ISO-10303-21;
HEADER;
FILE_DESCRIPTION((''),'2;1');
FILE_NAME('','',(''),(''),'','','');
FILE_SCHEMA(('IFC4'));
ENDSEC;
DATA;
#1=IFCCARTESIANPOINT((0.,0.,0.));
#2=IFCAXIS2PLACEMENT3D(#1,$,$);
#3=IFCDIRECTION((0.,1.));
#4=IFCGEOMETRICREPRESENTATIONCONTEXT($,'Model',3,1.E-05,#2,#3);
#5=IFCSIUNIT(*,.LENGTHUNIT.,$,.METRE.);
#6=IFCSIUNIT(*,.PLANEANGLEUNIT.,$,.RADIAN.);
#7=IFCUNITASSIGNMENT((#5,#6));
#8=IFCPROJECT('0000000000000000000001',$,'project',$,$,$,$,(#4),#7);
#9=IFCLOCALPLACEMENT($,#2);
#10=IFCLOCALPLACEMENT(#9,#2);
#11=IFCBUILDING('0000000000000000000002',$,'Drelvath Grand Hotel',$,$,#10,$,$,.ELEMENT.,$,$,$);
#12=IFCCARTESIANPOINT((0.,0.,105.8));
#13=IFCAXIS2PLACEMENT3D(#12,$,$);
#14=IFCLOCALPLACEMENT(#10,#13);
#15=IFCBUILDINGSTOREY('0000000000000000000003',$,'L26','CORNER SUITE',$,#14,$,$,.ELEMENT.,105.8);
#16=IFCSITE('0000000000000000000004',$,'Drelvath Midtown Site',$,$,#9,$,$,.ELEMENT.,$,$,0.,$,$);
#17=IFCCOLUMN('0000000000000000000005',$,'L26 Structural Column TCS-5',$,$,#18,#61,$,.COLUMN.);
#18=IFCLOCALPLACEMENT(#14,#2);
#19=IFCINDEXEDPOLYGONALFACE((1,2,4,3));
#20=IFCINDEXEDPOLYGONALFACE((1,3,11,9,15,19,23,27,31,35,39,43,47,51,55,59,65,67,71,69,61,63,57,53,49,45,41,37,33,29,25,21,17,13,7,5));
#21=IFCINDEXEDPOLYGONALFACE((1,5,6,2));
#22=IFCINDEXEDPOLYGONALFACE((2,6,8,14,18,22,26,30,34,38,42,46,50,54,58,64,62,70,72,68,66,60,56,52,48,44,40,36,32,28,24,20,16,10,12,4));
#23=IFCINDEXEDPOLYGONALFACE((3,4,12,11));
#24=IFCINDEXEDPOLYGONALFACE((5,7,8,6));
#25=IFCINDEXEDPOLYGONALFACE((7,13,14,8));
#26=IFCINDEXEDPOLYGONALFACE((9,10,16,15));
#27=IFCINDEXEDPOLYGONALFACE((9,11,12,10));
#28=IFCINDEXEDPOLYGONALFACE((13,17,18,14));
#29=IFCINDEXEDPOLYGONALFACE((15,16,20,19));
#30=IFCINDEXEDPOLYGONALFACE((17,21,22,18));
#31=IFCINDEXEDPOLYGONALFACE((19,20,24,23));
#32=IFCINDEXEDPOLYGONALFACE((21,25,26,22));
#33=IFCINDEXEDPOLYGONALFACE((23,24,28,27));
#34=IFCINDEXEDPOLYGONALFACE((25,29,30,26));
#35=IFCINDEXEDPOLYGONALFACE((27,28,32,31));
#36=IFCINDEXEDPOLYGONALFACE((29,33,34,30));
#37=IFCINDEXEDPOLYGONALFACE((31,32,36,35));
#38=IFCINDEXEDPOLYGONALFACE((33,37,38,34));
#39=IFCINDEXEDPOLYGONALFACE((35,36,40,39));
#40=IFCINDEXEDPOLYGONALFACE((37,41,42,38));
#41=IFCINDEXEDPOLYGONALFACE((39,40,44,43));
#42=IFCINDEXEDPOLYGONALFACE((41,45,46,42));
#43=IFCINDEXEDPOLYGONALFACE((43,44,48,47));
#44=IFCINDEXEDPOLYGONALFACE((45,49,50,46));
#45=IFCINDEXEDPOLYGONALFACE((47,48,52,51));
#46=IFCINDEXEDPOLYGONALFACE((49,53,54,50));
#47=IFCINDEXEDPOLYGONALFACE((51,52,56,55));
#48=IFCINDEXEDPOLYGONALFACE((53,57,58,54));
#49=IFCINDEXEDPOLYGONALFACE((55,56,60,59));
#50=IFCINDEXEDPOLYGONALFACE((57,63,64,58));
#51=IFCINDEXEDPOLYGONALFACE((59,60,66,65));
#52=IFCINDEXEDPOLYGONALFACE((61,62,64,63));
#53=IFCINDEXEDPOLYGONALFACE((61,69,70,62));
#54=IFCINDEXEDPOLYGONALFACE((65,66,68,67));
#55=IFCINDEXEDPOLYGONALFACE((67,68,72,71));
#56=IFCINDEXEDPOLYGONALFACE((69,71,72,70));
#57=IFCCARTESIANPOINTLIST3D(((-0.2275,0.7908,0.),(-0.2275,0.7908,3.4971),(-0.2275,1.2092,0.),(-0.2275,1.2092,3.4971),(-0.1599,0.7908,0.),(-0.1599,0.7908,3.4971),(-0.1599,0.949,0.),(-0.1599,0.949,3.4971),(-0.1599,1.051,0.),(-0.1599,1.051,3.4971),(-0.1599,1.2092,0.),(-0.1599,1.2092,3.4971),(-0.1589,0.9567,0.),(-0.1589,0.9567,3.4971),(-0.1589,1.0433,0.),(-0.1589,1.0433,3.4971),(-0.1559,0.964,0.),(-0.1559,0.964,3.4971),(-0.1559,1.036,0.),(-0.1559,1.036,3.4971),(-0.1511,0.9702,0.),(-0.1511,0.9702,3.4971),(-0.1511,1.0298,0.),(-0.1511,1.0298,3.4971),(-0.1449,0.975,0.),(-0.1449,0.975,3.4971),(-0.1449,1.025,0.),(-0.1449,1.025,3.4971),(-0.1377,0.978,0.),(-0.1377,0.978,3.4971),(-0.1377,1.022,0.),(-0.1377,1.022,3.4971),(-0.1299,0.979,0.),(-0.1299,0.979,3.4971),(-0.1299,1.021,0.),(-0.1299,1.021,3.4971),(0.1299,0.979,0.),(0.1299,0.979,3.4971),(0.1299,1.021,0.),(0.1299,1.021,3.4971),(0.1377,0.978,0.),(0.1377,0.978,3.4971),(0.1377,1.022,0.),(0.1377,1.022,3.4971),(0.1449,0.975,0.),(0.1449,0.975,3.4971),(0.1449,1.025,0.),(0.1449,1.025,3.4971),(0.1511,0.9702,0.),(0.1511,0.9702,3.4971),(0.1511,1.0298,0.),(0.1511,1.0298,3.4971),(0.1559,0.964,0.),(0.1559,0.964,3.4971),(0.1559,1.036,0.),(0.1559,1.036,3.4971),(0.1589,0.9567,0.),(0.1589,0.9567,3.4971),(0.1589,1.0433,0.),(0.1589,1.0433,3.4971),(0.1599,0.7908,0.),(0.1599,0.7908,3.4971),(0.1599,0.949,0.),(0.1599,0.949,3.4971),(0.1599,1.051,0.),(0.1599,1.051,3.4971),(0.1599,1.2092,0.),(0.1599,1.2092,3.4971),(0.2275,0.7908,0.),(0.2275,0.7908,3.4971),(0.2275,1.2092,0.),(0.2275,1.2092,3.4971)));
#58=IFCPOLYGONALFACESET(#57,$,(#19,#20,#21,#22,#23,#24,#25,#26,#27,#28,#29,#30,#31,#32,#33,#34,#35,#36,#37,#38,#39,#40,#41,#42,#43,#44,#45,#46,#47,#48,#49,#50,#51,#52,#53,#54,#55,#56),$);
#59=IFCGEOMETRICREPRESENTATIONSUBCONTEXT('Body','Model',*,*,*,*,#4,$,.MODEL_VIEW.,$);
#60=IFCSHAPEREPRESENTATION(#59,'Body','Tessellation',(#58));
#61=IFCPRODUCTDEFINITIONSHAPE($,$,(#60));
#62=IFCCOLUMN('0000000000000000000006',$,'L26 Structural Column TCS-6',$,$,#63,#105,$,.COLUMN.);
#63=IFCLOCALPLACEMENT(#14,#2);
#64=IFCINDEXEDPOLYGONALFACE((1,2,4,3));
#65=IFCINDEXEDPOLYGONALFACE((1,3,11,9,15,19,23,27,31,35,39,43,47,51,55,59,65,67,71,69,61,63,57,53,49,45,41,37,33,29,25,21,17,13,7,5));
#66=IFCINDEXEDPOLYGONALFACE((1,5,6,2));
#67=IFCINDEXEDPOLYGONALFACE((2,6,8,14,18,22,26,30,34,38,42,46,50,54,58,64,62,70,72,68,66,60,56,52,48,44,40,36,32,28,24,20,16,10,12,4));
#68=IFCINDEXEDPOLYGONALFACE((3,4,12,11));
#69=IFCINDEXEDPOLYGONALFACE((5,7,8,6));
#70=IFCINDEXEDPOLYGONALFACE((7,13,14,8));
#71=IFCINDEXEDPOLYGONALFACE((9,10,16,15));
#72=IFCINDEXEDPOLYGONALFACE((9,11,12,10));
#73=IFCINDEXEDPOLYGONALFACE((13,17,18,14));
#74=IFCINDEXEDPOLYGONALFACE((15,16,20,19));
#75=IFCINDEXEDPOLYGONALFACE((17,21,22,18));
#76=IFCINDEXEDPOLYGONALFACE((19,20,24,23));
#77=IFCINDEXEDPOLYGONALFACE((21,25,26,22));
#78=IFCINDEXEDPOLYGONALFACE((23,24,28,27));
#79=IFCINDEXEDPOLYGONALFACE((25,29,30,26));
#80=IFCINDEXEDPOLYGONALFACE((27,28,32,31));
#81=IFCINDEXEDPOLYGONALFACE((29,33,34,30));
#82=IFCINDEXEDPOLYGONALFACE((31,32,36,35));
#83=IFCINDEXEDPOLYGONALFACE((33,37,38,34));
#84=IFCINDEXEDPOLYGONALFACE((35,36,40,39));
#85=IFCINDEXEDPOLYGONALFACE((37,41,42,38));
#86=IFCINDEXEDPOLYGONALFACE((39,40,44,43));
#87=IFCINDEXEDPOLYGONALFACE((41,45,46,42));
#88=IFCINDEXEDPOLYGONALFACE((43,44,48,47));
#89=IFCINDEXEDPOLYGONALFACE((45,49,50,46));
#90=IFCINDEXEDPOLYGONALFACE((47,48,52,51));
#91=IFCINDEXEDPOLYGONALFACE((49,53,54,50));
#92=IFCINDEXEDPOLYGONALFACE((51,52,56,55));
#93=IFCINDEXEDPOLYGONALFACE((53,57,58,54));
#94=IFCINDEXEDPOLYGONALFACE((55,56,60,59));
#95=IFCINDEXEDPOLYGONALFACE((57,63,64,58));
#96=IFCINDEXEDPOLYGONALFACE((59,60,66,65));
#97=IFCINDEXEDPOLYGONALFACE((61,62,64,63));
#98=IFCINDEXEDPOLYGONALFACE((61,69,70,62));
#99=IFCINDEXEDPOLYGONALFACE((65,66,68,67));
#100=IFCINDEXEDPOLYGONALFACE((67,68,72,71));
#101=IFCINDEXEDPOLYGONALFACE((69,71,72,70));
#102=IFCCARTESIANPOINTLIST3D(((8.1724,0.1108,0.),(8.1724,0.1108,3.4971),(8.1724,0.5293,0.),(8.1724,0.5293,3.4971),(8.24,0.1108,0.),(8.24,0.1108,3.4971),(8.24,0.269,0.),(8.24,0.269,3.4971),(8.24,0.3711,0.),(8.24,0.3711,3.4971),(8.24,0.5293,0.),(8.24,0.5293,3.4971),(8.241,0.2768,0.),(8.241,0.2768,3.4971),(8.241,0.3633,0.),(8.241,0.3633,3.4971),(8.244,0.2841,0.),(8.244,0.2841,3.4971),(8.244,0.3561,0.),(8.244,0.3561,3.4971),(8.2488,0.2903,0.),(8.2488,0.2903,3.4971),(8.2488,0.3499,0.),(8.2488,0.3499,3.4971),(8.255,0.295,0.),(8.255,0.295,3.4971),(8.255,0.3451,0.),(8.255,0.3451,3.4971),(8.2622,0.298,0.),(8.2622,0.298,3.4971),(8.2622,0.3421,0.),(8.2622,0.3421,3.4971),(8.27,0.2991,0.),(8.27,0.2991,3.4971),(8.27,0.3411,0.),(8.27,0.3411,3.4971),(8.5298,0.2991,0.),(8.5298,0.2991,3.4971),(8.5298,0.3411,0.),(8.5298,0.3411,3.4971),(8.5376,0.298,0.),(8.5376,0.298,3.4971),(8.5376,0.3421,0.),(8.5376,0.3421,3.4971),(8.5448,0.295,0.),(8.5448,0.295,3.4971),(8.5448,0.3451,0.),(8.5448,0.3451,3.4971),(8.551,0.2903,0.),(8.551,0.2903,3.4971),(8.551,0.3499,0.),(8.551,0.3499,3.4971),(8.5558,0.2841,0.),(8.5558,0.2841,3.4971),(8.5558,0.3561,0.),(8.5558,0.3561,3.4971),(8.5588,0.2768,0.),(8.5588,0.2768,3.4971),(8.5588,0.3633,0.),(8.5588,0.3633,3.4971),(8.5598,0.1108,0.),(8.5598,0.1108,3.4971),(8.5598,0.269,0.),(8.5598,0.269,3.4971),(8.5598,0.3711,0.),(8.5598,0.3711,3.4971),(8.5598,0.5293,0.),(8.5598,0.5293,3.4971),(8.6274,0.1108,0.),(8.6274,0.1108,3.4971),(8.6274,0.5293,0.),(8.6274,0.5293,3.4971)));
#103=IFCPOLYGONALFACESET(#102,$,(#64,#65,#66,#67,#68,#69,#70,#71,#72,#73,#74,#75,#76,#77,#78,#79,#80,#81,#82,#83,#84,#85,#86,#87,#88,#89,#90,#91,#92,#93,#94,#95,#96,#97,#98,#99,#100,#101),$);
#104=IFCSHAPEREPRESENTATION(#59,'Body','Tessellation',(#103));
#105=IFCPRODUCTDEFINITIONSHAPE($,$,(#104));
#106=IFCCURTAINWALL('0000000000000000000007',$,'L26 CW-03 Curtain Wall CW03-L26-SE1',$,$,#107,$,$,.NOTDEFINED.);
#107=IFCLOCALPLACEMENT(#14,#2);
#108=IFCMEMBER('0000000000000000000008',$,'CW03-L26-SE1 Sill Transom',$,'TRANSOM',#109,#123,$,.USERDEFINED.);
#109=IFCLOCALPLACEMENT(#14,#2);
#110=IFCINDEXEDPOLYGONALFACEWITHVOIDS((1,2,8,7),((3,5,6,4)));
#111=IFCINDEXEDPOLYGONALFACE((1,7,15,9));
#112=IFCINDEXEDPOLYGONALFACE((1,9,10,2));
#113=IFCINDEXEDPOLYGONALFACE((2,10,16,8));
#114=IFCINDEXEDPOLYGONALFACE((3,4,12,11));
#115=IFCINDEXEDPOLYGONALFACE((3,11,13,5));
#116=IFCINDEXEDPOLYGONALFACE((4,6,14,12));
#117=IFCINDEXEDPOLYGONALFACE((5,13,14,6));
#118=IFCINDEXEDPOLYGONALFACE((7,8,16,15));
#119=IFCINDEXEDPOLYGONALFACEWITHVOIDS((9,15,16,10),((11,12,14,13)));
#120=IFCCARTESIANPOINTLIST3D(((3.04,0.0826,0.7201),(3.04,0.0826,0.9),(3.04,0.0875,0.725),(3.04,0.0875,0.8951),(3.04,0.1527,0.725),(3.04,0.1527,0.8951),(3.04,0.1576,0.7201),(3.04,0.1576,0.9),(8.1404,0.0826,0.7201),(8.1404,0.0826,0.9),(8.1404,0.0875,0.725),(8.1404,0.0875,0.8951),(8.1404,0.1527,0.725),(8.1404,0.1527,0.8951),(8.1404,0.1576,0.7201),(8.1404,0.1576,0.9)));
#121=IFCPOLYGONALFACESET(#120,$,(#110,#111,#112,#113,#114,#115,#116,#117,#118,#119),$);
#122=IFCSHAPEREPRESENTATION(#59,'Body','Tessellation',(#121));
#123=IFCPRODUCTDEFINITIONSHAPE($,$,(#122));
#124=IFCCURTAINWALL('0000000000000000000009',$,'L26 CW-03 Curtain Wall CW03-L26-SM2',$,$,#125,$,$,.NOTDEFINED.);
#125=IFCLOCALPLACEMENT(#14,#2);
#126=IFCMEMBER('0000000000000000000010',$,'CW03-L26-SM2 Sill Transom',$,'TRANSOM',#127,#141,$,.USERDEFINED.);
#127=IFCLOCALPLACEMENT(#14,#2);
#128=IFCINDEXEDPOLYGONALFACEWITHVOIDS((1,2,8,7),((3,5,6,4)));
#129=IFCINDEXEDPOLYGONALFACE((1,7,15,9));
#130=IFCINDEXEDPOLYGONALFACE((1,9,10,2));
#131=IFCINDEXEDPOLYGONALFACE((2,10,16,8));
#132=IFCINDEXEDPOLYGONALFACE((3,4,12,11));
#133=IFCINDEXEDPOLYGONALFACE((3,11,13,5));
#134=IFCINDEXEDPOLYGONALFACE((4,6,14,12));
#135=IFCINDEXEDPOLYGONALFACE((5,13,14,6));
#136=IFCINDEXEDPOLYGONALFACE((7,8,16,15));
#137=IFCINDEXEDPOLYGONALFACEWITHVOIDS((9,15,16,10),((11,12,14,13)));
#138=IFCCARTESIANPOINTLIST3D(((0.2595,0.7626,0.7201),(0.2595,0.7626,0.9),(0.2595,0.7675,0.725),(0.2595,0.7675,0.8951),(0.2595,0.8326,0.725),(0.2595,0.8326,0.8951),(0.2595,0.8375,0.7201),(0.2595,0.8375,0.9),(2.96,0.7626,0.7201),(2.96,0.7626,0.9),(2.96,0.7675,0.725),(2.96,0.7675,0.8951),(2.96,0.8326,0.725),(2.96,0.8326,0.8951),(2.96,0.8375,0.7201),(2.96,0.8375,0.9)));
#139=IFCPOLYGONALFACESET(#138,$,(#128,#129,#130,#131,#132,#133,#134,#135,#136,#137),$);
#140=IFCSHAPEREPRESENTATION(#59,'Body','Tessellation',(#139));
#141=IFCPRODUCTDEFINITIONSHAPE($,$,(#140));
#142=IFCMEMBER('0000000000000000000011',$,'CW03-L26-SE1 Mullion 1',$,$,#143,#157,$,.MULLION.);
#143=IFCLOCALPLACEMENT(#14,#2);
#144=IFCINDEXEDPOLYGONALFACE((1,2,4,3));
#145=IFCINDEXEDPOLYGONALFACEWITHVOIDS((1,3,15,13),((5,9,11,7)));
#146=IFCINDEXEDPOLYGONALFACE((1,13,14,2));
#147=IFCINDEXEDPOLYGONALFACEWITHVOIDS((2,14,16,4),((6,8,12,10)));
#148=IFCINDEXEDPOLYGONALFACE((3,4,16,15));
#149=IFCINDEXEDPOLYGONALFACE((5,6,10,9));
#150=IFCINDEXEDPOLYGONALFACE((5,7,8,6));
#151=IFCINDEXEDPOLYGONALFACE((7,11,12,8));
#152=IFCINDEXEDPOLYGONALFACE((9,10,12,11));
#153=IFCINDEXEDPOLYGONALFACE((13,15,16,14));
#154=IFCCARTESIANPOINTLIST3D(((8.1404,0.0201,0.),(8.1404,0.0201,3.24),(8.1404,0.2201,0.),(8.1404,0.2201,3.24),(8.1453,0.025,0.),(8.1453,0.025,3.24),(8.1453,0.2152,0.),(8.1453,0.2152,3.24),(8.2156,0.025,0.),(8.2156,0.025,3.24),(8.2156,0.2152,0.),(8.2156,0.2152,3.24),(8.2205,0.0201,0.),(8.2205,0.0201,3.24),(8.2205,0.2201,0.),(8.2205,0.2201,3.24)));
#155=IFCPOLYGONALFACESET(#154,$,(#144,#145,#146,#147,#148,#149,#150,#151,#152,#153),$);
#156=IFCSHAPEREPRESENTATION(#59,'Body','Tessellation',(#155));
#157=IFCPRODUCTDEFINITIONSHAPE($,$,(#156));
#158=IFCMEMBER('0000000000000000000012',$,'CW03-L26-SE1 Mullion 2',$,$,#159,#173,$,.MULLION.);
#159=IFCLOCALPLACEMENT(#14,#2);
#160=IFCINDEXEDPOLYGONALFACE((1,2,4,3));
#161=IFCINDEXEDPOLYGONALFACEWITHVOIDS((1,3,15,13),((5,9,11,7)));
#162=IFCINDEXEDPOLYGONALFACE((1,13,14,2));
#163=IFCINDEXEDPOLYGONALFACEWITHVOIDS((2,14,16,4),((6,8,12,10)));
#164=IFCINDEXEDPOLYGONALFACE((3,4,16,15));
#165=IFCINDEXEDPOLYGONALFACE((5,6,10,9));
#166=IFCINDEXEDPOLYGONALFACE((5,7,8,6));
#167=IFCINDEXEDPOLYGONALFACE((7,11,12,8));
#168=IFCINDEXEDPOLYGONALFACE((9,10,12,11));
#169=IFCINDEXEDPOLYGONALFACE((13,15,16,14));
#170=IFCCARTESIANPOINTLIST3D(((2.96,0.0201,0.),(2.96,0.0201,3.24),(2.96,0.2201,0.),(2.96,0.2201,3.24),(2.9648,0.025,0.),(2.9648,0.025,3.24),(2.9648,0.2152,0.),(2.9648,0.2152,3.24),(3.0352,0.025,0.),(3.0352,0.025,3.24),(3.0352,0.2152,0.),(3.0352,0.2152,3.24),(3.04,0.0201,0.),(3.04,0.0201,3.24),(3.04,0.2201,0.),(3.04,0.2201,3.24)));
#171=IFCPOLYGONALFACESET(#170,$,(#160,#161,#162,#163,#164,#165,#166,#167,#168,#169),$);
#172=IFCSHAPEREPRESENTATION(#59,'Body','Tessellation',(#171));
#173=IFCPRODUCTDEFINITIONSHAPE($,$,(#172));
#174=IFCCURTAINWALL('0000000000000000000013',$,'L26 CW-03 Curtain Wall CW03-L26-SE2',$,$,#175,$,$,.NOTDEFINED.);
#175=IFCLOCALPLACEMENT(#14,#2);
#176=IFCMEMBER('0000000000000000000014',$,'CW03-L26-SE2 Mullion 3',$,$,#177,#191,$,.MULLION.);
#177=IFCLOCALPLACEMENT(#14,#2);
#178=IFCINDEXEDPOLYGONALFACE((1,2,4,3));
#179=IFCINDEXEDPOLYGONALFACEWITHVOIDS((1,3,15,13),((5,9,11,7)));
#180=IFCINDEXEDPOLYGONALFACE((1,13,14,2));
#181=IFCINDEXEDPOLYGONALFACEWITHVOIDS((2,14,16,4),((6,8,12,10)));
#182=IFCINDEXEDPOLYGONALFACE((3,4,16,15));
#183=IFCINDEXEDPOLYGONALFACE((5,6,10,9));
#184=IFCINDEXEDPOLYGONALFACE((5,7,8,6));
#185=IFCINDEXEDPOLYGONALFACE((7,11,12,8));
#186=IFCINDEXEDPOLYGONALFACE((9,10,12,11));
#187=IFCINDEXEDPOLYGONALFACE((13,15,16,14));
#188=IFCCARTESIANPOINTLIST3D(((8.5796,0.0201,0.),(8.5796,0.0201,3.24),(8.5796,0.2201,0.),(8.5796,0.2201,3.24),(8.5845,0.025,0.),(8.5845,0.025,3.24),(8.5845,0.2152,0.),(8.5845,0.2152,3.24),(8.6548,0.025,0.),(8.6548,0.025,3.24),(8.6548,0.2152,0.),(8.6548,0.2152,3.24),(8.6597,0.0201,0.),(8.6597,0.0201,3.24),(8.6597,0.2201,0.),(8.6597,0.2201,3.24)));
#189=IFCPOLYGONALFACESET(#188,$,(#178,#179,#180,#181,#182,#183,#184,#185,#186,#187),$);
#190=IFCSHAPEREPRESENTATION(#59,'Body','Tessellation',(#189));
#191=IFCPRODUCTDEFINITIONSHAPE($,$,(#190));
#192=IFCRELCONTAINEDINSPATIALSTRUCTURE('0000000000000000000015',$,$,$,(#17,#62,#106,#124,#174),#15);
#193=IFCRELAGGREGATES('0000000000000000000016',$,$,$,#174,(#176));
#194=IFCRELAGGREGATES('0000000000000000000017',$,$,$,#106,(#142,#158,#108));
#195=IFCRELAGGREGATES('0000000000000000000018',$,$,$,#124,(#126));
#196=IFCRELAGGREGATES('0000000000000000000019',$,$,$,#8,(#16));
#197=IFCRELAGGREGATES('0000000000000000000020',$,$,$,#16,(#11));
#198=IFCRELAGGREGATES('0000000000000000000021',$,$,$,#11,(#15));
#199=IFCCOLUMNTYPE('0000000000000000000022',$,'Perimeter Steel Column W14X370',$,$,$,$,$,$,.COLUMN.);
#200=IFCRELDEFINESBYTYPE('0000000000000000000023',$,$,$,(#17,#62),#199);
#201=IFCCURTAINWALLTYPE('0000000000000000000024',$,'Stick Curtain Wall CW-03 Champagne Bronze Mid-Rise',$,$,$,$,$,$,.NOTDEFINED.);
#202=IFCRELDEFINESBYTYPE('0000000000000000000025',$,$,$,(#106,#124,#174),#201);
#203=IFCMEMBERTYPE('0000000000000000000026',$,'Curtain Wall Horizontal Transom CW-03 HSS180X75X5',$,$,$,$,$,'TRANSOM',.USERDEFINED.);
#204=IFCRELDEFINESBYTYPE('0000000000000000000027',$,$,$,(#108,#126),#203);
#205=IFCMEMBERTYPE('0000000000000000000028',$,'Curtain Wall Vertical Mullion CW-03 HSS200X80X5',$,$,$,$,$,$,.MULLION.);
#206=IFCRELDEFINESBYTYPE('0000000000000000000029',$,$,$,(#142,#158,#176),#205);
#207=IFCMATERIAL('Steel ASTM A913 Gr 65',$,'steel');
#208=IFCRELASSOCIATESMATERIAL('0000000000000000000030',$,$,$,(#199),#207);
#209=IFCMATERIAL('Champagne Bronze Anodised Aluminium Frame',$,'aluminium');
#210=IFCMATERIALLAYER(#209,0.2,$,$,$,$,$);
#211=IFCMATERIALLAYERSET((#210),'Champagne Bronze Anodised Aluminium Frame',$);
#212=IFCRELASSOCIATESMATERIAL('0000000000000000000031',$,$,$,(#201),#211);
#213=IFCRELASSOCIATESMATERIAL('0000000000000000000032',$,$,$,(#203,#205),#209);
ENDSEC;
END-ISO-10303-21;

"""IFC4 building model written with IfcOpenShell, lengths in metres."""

from ifc_helpers import new_model, si_unit, direction, frame, origin, origin_2d, place, context, subcontext, project, spatial, hollow_rectangle, i_section, extrude, material, layer, layer_set, material_profile, profile_set, type_object, element, aggregate, save


model = new_model("IFC4")

# Units and contexts
model_context = context("Model", 3, precision=1e-05, world=origin(), true_north=direction((0.0, 1.0)))
body_context = subcontext(model_context, "Body", "Model", "MODEL_VIEW")
ifc_project = project(units=[si_unit("LENGTHUNIT", "METRE"), si_unit("PLANEANGLEUNIT", "RADIAN")], contexts=[model_context])

# Site, building, storey
site_placement = place(None, origin())
site = spatial("IfcSite", under=ifc_project, at=site_placement, Name="Drelvath Midtown Site", CompositionType="ELEMENT", RefElevation=0.0)
building_placement = place(site_placement, origin())
building = spatial("IfcBuilding", under=site, at=building_placement, Name="Drelvath Grand Hotel", CompositionType="ELEMENT")
storey_placement = place(building_placement, frame((0.0, 0.0, 105.8)))
storey = spatial("IfcBuildingStorey", under=building, at=storey_placement, Name="L26", Description="CORNER SUITE", CompositionType="ELEMENT", Elevation=105.8)

# Columns
ifc_material_1 = material(Name="Steel ASTM A913 Gr 65", Category="steel")
ifc_material_profile_1 = material_profile(ifc_material_1, i_section(OverallWidth=0.4185, OverallDepth=0.4551, WebThickness=0.042, FlangeThickness=0.0676, FilletRadius=0.03, at=origin_2d()), Name="W14X370")
ifc_profile_set_1 = profile_set([ifc_material_profile_1], Name="Steel ASTM A913 Gr 65")
column_type = type_object("IfcColumnType", Name="Perimeter Steel Column W14X370", PredefinedType="COLUMN", material=ifc_profile_set_1)
for number, where, z_axis, x_axis, name in (
    (1, (0.0, 1.0, 0.0), (0.0, 0.0, 1.0), (0.0, 1.0, 0.0), "L26 Structural Column TCS-5"),
    (2, (8.3999, 0.3201, 0.0), (0.0, 0.0, 1.0), (0.0, 1.0, 0.0), "L26 Structural Column TCS-6"),
):
    element("IfcColumn", number, at=place(storey_placement, frame(where, z_axis=z_axis, x_axis=x_axis)), inside=storey, type_object=column_type, Name=name, PredefinedType="COLUMN", context=body_context, shape_type="SweptSolid", body=[
        extrude(i_section(OverallWidth=0.4185, OverallDepth=0.4551, WebThickness=0.042, FlangeThickness=0.0676, FilletRadius=0.03, at=origin_2d()), origin(), (0.0, 0.0, 1.0), 3.4971),
    ])

# Curtain walls, members
ifc_material_2 = material(Name="Champagne Bronze Anodised Aluminium Frame", Category="aluminium")
ifc_layer_1 = layer(ifc_material_2, 0.2)
ifc_layer_set_1 = layer_set([ifc_layer_1], Name="Champagne Bronze Anodised Aluminium Frame")
curtain_wall_type = type_object("IfcCurtainWallType", Name="Stick Curtain Wall CW-03 Champagne Bronze Mid-Rise", PredefinedType="NOTDEFINED", material=ifc_layer_set_1)
curtain_wall_1_placement = place(storey_placement, origin())
curtain_wall_1 = element("IfcCurtainWall", 3, at=curtain_wall_1_placement, inside=storey, type_object=curtain_wall_type, Name="L26 CW-03 Curtain Wall CW03-L26-SE1", PredefinedType="NOTDEFINED")
ifc_material_profile_2 = material_profile(ifc_material_2, hollow_rectangle(XDim=0.075, YDim=0.1799, WallThickness=0.0049, at=origin_2d()), Name="HSS180X75X5")
ifc_profile_set_2 = profile_set([ifc_material_profile_2], Name="Champagne Bronze Anodised Aluminium Frame")
member_type_1 = type_object("IfcMemberType", Name="Curtain Wall Horizontal Transom CW-03 HSS180X75X5", ElementType="TRANSOM", PredefinedType="USERDEFINED", material=ifc_profile_set_2)
member_1_placement = place(storey_placement, frame((8.1404, 0.1201, 0.8101), z_axis=(-1.0, 0.0, 0.0), x_axis=(0.0, -1.0, 0.0)))
member_1 = element("IfcMember", 4, at=member_1_placement, type_object=member_type_1, Name="CW03-L26-SE1 Sill Transom", ObjectType="TRANSOM", PredefinedType="USERDEFINED", context=body_context, shape_type="SweptSolid", body=[
    extrude(hollow_rectangle(XDim=0.075, YDim=0.1799, WallThickness=0.0049, at=origin_2d()), origin(), (0.0, 0.0, 1.0), 5.1003),
])
curtain_wall_2_placement = place(storey_placement, origin())
curtain_wall_2 = element("IfcCurtainWall", 5, at=curtain_wall_2_placement, inside=storey, type_object=curtain_wall_type, Name="L26 CW-03 Curtain Wall CW03-L26-SM2", PredefinedType="NOTDEFINED")
member_2_placement = place(storey_placement, frame((2.96, 0.8, 0.8101), z_axis=(-1.0, 0.0, 0.0), x_axis=(0.0, -1.0, 0.0)))
member_2 = element("IfcMember", 6, at=member_2_placement, type_object=member_type_1, Name="CW03-L26-SM2 Sill Transom", ObjectType="TRANSOM", PredefinedType="USERDEFINED", context=body_context, shape_type="SweptSolid", body=[
    extrude(hollow_rectangle(XDim=0.075, YDim=0.1799, WallThickness=0.0049, at=origin_2d()), origin(), (0.0, 0.0, 1.0), 2.7004),
])

# Members
ifc_material_profile_3 = material_profile(ifc_material_2, hollow_rectangle(XDim=0.0801, YDim=0.2, WallThickness=0.0049, at=origin_2d()), Name="HSS200X80X5")
ifc_profile_set_3 = profile_set([ifc_material_profile_3], Name="Champagne Bronze Anodised Aluminium Frame")
member_type_2 = type_object("IfcMemberType", Name="Curtain Wall Vertical Mullion CW-03 HSS200X80X5", PredefinedType="MULLION", material=ifc_profile_set_3)
member_3_placement = place(storey_placement, frame((8.1804, 0.1201, 0.0), z_axis=(0.0, 0.0, 1.0), x_axis=(1.0, 0.0, 0.0)))
member_3 = element("IfcMember", 7, at=member_3_placement, type_object=member_type_2, Name="CW03-L26-SE1 Mullion 1", PredefinedType="MULLION", context=body_context, shape_type="SweptSolid", body=[
    extrude(hollow_rectangle(XDim=0.0801, YDim=0.2, WallThickness=0.0049, at=origin_2d()), origin(), (0.0, 0.0, 1.0), 3.24),
])
member_4_placement = place(storey_placement, frame((3.0, 0.1201, 0.0), z_axis=(0.0, 0.0, 1.0), x_axis=(1.0, 0.0, 0.0)))
member_4 = element("IfcMember", 8, at=member_4_placement, type_object=member_type_2, Name="CW03-L26-SE1 Mullion 2", PredefinedType="MULLION", context=body_context, shape_type="SweptSolid", body=[
    extrude(hollow_rectangle(XDim=0.0801, YDim=0.2, WallThickness=0.0049, at=origin_2d()), origin(), (0.0, 0.0, 1.0), 3.24),
])

# Curtain wall, member
curtain_wall_3_placement = place(storey_placement, origin())
curtain_wall_3 = element("IfcCurtainWall", 9, at=curtain_wall_3_placement, inside=storey, type_object=curtain_wall_type, Name="L26 CW-03 Curtain Wall CW03-L26-SE2", PredefinedType="NOTDEFINED")
member_5_placement = place(storey_placement, frame((8.6196, 0.1201, 0.0), z_axis=(0.0, 0.0, 1.0), x_axis=(1.0, 0.0, 0.0)))
member_5 = element("IfcMember", 10, at=member_5_placement, type_object=member_type_2, Name="CW03-L26-SE2 Mullion 3", PredefinedType="MULLION", context=body_context, shape_type="SweptSolid", body=[
    extrude(hollow_rectangle(XDim=0.0801, YDim=0.2, WallThickness=0.0049, at=origin_2d()), origin(), (0.0, 0.0, 1.0), 3.24),
])
aggregate(curtain_wall_3, [member_5])

aggregate(curtain_wall_1, [member_3, member_4, member_1])
aggregate(curtain_wall_2, [member_2])

save(model, "model.ifc")
